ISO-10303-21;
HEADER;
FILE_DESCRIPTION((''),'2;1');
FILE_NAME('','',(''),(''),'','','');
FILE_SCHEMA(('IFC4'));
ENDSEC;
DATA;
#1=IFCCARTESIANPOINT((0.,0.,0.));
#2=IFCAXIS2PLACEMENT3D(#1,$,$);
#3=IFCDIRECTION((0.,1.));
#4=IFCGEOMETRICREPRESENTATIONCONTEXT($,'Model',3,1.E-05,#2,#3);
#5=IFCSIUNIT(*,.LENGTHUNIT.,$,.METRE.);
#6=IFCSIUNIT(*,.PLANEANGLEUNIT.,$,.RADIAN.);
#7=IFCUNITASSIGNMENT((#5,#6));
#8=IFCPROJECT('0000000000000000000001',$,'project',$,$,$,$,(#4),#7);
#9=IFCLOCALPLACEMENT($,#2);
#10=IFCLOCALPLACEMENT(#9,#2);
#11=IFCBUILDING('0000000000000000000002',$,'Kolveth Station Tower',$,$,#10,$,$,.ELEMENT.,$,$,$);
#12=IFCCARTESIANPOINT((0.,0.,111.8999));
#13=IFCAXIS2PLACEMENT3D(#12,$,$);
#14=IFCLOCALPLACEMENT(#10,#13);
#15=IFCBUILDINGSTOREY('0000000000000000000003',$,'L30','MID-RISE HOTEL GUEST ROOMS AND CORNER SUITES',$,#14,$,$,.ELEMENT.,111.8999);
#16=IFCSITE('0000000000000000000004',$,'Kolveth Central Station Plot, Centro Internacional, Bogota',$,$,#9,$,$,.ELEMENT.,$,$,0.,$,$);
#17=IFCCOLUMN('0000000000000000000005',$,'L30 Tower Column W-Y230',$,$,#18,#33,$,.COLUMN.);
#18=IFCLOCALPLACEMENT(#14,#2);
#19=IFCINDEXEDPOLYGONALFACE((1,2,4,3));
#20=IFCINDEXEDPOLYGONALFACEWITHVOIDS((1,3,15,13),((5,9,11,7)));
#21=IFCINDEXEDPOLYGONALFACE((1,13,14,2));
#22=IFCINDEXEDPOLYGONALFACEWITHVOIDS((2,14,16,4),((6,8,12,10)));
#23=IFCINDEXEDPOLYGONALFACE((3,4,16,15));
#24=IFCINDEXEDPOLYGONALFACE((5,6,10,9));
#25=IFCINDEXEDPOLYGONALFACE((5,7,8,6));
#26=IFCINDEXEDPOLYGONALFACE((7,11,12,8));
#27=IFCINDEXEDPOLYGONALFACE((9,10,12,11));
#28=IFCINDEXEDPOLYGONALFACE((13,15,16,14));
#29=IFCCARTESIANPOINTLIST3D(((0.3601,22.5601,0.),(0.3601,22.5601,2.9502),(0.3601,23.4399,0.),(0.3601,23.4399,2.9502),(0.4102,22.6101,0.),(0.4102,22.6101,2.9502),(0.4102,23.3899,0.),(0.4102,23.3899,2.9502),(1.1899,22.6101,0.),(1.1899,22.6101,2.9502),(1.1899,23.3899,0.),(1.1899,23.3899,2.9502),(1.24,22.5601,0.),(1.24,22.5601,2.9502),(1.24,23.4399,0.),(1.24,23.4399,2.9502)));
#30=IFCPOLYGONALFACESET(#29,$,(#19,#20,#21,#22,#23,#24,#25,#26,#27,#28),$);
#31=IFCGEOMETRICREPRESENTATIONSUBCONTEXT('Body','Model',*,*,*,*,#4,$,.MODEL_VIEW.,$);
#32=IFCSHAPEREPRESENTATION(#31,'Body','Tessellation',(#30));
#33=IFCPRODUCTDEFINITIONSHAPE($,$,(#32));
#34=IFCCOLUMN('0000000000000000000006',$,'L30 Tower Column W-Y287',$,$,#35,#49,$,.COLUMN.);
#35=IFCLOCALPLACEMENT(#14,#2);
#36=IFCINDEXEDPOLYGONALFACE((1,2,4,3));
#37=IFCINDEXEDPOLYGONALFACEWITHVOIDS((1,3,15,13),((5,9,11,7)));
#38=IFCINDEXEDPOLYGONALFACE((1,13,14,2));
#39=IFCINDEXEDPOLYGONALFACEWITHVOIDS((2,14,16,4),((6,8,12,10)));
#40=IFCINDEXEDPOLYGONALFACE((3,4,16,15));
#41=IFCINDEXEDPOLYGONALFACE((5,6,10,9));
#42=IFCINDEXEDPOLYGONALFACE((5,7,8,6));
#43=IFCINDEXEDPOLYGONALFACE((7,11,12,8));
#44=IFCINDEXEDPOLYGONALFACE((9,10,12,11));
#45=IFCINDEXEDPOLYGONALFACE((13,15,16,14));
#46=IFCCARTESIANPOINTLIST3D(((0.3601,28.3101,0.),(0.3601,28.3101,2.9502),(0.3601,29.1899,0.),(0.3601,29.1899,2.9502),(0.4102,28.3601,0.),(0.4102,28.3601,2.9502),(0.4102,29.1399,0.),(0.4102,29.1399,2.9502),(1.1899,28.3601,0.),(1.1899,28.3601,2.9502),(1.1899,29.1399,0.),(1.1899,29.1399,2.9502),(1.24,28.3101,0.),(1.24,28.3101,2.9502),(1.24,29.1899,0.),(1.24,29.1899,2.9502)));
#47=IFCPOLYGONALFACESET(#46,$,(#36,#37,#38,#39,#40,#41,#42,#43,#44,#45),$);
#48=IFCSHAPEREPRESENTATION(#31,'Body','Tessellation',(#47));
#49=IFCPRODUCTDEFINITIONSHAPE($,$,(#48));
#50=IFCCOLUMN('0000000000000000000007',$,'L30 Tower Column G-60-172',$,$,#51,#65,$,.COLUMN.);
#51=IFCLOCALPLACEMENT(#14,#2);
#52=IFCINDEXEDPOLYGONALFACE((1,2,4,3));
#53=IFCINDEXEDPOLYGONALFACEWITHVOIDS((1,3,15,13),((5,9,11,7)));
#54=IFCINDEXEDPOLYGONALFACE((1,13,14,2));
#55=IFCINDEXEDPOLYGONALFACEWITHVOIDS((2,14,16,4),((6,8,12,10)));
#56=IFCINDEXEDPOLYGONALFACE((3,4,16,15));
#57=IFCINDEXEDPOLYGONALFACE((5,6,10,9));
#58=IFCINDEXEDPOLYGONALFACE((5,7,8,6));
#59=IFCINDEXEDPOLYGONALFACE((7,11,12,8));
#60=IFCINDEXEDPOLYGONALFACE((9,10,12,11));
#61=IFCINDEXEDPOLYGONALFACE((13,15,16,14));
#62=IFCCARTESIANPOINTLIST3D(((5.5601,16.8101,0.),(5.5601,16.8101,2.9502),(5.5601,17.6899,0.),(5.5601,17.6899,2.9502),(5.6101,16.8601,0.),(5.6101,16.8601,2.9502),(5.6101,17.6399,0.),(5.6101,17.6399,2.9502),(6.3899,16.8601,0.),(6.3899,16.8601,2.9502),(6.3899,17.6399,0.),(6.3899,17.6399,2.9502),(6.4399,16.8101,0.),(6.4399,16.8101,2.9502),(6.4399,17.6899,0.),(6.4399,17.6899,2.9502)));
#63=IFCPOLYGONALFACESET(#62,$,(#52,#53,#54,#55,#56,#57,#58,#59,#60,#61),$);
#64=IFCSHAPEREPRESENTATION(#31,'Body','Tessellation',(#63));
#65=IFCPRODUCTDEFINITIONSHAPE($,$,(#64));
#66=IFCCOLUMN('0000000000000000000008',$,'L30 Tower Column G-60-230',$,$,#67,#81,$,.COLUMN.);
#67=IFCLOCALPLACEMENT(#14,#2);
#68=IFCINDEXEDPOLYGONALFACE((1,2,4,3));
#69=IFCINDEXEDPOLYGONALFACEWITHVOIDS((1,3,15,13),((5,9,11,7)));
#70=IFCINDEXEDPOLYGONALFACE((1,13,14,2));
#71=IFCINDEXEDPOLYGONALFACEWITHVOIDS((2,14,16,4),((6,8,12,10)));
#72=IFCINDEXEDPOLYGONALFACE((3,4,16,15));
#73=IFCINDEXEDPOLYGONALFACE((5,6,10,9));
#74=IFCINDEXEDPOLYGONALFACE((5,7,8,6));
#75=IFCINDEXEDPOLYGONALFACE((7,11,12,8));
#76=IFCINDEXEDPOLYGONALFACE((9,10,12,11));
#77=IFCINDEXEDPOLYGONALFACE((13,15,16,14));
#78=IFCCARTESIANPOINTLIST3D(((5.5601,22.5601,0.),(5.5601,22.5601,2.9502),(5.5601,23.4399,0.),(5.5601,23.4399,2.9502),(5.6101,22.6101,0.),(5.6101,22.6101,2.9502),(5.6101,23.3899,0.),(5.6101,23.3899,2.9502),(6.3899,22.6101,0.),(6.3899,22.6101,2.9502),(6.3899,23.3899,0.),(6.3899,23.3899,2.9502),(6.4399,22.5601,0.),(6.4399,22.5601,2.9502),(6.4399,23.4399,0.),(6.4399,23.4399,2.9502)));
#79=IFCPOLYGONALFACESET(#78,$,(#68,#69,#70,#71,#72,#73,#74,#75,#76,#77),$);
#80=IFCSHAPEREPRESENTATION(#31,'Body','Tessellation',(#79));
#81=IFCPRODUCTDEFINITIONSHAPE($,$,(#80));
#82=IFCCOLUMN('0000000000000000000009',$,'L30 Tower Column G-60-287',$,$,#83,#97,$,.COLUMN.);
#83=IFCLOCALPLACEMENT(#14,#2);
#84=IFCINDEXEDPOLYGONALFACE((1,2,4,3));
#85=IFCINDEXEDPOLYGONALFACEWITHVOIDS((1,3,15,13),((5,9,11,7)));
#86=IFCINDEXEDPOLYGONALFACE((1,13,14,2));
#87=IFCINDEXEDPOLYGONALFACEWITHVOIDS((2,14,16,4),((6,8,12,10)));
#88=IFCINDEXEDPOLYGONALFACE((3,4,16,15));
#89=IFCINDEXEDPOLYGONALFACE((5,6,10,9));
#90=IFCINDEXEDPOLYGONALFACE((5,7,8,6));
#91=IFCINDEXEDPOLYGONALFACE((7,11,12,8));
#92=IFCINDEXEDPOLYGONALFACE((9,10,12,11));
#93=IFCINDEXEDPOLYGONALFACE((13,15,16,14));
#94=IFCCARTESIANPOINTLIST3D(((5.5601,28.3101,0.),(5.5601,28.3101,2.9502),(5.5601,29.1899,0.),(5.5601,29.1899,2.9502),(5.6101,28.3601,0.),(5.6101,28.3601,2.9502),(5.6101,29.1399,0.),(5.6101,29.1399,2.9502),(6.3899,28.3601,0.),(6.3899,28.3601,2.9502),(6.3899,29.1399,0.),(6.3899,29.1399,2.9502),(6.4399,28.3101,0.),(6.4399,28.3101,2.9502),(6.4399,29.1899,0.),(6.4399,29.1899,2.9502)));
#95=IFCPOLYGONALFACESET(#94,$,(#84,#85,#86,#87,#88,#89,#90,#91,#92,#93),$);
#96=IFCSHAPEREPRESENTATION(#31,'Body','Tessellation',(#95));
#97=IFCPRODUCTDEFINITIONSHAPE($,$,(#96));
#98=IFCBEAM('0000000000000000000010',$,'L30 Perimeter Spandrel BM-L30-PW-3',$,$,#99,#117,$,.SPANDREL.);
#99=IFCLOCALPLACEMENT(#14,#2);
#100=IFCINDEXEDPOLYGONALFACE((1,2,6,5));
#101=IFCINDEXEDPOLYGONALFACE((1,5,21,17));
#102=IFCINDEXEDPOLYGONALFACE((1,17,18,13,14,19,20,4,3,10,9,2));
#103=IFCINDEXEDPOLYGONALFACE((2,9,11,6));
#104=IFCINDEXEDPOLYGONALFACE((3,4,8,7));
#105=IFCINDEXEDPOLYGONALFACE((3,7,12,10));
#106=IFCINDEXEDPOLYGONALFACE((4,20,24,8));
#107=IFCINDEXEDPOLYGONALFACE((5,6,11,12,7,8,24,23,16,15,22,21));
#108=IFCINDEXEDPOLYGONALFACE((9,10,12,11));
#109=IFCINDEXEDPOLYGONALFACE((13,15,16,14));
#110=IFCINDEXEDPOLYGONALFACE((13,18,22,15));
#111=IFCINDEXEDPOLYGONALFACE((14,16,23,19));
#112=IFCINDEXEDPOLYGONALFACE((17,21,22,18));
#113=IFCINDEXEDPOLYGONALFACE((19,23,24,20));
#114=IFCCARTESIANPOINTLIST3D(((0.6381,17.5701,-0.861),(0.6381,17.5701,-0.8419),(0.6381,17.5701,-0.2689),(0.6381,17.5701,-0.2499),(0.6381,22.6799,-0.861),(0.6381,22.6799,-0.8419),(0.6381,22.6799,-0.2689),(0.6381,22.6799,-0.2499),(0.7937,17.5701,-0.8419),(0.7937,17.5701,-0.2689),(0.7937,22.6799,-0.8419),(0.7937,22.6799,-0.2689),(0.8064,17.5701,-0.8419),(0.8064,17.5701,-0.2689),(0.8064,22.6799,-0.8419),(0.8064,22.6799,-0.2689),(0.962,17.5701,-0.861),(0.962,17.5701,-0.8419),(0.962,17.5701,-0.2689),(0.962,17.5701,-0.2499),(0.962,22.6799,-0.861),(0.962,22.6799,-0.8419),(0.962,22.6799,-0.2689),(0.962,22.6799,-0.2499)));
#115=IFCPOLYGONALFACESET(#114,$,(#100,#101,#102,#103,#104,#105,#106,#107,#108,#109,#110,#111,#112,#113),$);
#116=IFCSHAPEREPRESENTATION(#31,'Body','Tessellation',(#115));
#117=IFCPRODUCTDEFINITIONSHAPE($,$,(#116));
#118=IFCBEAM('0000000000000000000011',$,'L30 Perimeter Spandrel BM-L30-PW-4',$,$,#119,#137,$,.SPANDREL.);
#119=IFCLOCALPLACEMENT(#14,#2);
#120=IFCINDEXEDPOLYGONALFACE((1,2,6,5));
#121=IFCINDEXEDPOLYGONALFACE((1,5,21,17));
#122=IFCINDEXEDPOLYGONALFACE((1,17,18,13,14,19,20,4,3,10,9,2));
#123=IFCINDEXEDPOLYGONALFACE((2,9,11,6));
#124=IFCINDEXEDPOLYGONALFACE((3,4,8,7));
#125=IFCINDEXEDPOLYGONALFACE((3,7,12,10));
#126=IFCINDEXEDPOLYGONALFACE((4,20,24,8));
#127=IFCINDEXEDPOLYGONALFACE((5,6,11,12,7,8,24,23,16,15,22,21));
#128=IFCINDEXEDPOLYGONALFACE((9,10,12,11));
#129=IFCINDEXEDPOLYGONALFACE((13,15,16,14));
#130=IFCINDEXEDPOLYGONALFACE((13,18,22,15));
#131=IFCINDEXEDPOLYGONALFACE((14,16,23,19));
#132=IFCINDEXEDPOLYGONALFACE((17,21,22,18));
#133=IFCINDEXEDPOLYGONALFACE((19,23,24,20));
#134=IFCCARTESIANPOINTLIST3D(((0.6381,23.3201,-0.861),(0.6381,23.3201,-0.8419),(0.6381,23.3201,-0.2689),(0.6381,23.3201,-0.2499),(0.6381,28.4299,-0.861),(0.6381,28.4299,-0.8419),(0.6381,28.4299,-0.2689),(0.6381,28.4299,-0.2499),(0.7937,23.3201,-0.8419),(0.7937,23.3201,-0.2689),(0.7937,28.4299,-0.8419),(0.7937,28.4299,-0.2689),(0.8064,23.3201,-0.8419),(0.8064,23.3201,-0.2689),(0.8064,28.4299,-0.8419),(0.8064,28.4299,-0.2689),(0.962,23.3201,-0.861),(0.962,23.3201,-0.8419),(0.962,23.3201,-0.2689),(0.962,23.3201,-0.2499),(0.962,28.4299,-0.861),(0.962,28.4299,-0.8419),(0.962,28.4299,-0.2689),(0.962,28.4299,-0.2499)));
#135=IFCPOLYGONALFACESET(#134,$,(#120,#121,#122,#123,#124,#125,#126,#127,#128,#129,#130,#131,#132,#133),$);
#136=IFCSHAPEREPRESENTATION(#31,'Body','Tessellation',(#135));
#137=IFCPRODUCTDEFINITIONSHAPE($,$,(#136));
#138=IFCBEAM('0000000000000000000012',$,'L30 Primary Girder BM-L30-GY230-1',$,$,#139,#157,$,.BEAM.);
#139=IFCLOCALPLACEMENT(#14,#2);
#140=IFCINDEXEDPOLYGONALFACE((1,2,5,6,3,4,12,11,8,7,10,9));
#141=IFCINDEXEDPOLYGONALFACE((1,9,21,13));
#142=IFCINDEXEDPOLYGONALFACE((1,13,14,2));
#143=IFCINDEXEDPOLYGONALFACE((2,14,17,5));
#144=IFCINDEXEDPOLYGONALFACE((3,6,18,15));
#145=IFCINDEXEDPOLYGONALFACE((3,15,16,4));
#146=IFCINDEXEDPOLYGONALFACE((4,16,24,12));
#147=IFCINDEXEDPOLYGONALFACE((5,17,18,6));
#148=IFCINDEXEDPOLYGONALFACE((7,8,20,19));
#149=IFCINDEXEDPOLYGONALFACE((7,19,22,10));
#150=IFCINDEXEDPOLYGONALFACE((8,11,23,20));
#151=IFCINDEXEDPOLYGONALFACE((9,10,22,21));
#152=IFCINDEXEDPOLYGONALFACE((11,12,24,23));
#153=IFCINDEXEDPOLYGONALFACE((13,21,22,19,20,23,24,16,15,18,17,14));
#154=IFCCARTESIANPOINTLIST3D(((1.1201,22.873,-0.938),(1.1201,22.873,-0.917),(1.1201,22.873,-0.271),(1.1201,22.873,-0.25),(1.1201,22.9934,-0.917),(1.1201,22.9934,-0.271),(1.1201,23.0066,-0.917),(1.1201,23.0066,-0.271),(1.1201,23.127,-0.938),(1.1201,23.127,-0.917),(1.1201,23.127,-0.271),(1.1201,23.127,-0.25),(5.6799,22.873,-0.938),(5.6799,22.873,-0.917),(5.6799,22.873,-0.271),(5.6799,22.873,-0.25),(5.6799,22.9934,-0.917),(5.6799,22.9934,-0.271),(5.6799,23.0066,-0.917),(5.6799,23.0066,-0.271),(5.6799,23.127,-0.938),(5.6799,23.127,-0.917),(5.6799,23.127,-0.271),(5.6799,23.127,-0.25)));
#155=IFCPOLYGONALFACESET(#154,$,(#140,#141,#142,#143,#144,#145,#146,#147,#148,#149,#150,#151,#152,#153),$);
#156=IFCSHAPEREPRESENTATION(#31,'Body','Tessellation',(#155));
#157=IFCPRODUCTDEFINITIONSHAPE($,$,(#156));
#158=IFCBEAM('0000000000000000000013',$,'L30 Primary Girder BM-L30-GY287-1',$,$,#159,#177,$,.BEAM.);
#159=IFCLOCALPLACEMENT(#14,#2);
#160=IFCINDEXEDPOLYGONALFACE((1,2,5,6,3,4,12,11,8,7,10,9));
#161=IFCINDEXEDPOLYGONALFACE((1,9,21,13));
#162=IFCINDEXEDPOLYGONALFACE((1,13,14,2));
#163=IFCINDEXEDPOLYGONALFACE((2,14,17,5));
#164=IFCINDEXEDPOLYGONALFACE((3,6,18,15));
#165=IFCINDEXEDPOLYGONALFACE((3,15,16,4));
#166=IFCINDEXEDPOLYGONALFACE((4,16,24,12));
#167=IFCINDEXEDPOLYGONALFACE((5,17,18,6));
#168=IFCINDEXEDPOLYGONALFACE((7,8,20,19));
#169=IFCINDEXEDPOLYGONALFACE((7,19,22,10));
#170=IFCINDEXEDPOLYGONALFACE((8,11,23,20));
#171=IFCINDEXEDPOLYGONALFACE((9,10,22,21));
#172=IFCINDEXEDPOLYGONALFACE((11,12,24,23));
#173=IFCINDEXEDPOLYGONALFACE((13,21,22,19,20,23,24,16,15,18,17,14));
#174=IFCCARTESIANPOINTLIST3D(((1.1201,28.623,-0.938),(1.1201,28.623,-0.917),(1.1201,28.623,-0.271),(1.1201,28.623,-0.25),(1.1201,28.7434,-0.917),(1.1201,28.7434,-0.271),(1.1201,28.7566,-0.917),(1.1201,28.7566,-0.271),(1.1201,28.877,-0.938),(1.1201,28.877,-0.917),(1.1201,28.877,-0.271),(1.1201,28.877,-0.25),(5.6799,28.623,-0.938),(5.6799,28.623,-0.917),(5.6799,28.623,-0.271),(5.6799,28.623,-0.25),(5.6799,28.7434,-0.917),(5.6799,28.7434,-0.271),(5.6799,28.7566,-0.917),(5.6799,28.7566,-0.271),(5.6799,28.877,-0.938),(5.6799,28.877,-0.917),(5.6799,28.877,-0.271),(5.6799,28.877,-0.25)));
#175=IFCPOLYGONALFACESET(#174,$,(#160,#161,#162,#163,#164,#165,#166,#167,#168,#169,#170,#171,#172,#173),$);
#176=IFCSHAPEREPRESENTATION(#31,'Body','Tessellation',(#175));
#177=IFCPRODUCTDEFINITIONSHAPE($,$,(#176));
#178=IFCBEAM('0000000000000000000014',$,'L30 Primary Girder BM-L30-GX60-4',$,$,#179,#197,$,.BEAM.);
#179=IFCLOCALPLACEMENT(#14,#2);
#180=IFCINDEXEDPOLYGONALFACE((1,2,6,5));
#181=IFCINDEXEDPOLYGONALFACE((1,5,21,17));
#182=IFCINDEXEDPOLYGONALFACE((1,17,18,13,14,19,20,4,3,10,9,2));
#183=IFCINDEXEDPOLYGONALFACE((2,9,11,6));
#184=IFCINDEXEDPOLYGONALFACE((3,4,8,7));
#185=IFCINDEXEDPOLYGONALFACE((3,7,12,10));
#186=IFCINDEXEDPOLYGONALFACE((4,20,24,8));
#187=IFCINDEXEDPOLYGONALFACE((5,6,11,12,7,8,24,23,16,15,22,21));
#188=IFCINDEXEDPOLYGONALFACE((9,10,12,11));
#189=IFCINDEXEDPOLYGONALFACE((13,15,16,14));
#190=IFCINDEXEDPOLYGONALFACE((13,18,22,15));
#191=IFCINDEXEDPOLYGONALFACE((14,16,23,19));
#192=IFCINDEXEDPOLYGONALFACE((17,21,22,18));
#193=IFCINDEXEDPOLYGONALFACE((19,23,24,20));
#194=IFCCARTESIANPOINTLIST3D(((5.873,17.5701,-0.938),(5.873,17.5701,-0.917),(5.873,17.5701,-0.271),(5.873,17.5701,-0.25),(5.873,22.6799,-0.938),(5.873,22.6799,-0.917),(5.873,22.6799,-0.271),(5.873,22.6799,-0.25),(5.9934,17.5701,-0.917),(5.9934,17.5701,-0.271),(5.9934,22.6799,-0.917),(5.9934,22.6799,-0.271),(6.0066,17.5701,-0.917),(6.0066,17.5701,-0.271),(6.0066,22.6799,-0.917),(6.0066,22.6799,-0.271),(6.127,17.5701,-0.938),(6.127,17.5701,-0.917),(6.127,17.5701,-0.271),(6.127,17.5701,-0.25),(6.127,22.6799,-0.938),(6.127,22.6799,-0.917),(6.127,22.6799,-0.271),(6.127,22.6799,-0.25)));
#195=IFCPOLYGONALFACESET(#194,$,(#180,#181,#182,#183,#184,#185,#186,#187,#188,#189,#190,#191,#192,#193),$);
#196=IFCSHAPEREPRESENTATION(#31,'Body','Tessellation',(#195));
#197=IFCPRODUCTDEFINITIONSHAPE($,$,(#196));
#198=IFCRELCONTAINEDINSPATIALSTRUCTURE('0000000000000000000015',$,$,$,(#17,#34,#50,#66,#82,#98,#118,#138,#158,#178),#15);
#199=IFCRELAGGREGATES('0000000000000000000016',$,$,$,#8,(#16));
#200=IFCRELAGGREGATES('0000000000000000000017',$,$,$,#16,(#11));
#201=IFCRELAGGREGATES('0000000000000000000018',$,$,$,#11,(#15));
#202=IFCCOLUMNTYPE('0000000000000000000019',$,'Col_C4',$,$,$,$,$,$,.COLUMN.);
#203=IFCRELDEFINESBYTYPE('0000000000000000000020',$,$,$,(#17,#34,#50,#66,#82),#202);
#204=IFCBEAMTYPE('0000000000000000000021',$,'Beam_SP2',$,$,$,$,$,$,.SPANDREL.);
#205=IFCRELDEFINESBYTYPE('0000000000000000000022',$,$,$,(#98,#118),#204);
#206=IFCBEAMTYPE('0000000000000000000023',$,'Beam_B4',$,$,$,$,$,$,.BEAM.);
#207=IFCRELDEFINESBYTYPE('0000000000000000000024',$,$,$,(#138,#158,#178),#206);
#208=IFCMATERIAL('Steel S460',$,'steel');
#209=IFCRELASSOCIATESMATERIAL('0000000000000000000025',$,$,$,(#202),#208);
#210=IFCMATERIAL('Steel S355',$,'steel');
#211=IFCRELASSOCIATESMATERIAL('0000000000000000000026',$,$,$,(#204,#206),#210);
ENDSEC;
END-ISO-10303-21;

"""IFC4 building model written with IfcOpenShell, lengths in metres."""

from ifc_helpers import new_model, si_unit, direction, frame, origin, origin_2d, place, context, subcontext, project, spatial, hollow_rectangle, i_section, extrude, source, transform, mapped, material, material_profile, profile_set, type_object, element, save


model = new_model("IFC4")

# Units and contexts
model_context = context("Model", 3, precision=1e-05, world=origin(), true_north=direction((0.0, 1.0)))
body_context = subcontext(model_context, "Body", "Model", "MODEL_VIEW")
ifc_project = project(units=[si_unit("LENGTHUNIT", "METRE"), si_unit("PLANEANGLEUNIT", "RADIAN")], contexts=[model_context])

# Site, building, storey
site_placement = place(None, origin())
site = spatial("IfcSite", under=ifc_project, at=site_placement, Name="Kolveth Central Station Plot, Centro Internacional, Bogota", CompositionType="ELEMENT", RefElevation=0.0)
building_placement = place(site_placement, origin())
building = spatial("IfcBuilding", under=site, at=building_placement, Name="Kolveth Station Tower", CompositionType="ELEMENT")
storey_placement = place(building_placement, frame((0.0, 0.0, 111.8999)))
storey = spatial("IfcBuildingStorey", under=building, at=storey_placement, Name="L30", Description="MID-RISE HOTEL GUEST ROOMS AND CORNER SUITES", CompositionType="ELEMENT", Elevation=111.8999)

# Columns
ifc_material_1 = material(Name="Steel S460", Category="steel")
ifc_material_profile_1 = material_profile(ifc_material_1, hollow_rectangle(XDim=0.8799, YDim=0.8799, WallThickness=0.05, at=origin_2d()), Name="BOX880x880x50")
ifc_profile_set_1 = profile_set([ifc_material_profile_1], Name="Steel S460")
column_type = type_object("IfcColumnType", Name="Col_C4", PredefinedType="COLUMN", material=ifc_profile_set_1)
shared_shape_1 = source(origin(), body_context, "Body", "SweptSolid", [
    extrude(hollow_rectangle(XDim=0.8799, YDim=0.8799, WallThickness=0.05, at=origin_2d()), origin(), (0.0, 0.0, 1.0), 2.9502),
])
for number, where, z_axis, x_axis, name in (
    (1, (0.8, 23.0, 0.0), (0.0, 0.0, 1.0), (1.0, 0.0, 0.0), "L30 Tower Column W-Y230"),
    (2, (0.8, 28.75, 0.0), (0.0, 0.0, 1.0), (1.0, 0.0, 0.0), "L30 Tower Column W-Y287"),
    (3, (6.0, 17.25, 0.0), (0.0, 0.0, 1.0), (1.0, 0.0, 0.0), "L30 Tower Column G-60-172"),
    (4, (6.0, 23.0, 0.0), (0.0, 0.0, 1.0), (1.0, 0.0, 0.0), "L30 Tower Column G-60-230"),
    (5, (6.0, 28.75, 0.0), (0.0, 0.0, 1.0), (1.0, 0.0, 0.0), "L30 Tower Column G-60-287"),
):
    element("IfcColumn", number, at=place(storey_placement, frame(where, z_axis=z_axis, x_axis=x_axis)), inside=storey, type_object=column_type, Name=name, PredefinedType="COLUMN", context=body_context, shape_type="MappedRepresentation", body=[
        mapped(shared_shape_1, transform((0.0, 0.0, 0.0), x_axis=(1.0, 0.0, 0.0), y_axis=(0.0, 1.0, 0.0), z_axis=(0.0, 0.0, 1.0), scale=1.0)),
    ])

# Beams
ifc_material_2 = material(Name="Steel S355", Category="steel")
ifc_material_profile_2 = material_profile(ifc_material_2, i_section(OverallWidth=0.324, OverallDepth=0.6111, WebThickness=0.0127, FlangeThickness=0.019, at=origin_2d()), Name="W610x155")
ifc_profile_set_2 = profile_set([ifc_material_profile_2], Name="Steel S355")
beam_type_1 = type_object("IfcBeamType", Name="Beam_SP2", PredefinedType="SPANDREL", material=ifc_profile_set_2)
shared_shape_2 = source(origin(), body_context, "Body", "SweptSolid", [
    extrude(i_section(OverallWidth=0.324, OverallDepth=0.6111, WebThickness=0.0127, FlangeThickness=0.019, at=origin_2d()), origin(), (0.0, 0.0, 1.0), 5.1099),
])
for number, where, z_axis, x_axis, name in (
    (6, (0.8, 17.5701, -0.5554), (0.0, 1.0, 0.0), (-1.0, 0.0, 0.0), "L30 Perimeter Spandrel BM-L30-PW-3"),
    (7, (0.8, 23.3201, -0.5554), (0.0, 1.0, 0.0), (-1.0, 0.0, 0.0), "L30 Perimeter Spandrel BM-L30-PW-4"),
):
    element("IfcBeam", number, at=place(storey_placement, frame(where, z_axis=z_axis, x_axis=x_axis)), inside=storey, type_object=beam_type_1, Name=name, PredefinedType="SPANDREL", context=body_context, shape_type="MappedRepresentation", body=[
        mapped(shared_shape_2, transform((0.0, 0.0, 0.0), x_axis=(1.0, 0.0, 0.0), y_axis=(0.0, 1.0, 0.0), z_axis=(0.0, 0.0, 1.0), scale=1.0)),
    ])
ifc_material_profile_3 = material_profile(ifc_material_2, i_section(OverallWidth=0.2539, OverallDepth=0.688, WebThickness=0.0132, FlangeThickness=0.021, at=origin_2d()), Name="W690x152")
ifc_profile_set_3 = profile_set([ifc_material_profile_3], Name="Steel S355")
beam_type_2 = type_object("IfcBeamType", Name="Beam_B4", PredefinedType="BEAM", material=ifc_profile_set_3)
shared_shape_3 = source(origin(), body_context, "Body", "SweptSolid", [
    extrude(i_section(OverallWidth=0.2539, OverallDepth=0.688, WebThickness=0.0132, FlangeThickness=0.021, at=origin_2d()), origin(), (0.0, 0.0, 1.0), 4.5598),
])
for number, where, z_axis, x_axis, name in (
    (8, (1.1201, 23.0, -0.594), (1.0, 0.0, 0.0), (0.0, 1.0, 0.0), "L30 Primary Girder BM-L30-GY230-1"),
    (9, (1.1201, 28.75, -0.594), (1.0, 0.0, 0.0), (0.0, 1.0, 0.0), "L30 Primary Girder BM-L30-GY287-1"),
):
    element("IfcBeam", number, at=place(storey_placement, frame(where, z_axis=z_axis, x_axis=x_axis)), inside=storey, type_object=beam_type_2, Name=name, PredefinedType="BEAM", context=body_context, shape_type="MappedRepresentation", body=[
        mapped(shared_shape_3, transform((0.0, 0.0, 0.0), x_axis=(1.0, 0.0, 0.0), y_axis=(0.0, 1.0, 0.0), z_axis=(0.0, 0.0, 1.0), scale=1.0)),
    ])
shared_shape_4 = source(origin(), body_context, "Body", "SweptSolid", [
    extrude(i_section(OverallWidth=0.2539, OverallDepth=0.688, WebThickness=0.0132, FlangeThickness=0.021, at=origin_2d()), origin(), (0.0, 0.0, 1.0), 5.1099),
])
for number, where, z_axis, x_axis, name in (
    (10, (6.0, 17.5701, -0.594), (0.0, 1.0, 0.0), (-1.0, 0.0, 0.0), "L30 Primary Girder BM-L30-GX60-4"),
):
    element("IfcBeam", number, at=place(storey_placement, frame(where, z_axis=z_axis, x_axis=x_axis)), inside=storey, type_object=beam_type_2, Name=name, PredefinedType="BEAM", context=body_context, shape_type="MappedRepresentation", body=[
        mapped(shared_shape_4, transform((0.0, 0.0, 0.0), x_axis=(1.0, 0.0, 0.0), y_axis=(0.0, 1.0, 0.0), z_axis=(0.0, 0.0, 1.0), scale=1.0)),
    ])

save(model, "model.ifc")
